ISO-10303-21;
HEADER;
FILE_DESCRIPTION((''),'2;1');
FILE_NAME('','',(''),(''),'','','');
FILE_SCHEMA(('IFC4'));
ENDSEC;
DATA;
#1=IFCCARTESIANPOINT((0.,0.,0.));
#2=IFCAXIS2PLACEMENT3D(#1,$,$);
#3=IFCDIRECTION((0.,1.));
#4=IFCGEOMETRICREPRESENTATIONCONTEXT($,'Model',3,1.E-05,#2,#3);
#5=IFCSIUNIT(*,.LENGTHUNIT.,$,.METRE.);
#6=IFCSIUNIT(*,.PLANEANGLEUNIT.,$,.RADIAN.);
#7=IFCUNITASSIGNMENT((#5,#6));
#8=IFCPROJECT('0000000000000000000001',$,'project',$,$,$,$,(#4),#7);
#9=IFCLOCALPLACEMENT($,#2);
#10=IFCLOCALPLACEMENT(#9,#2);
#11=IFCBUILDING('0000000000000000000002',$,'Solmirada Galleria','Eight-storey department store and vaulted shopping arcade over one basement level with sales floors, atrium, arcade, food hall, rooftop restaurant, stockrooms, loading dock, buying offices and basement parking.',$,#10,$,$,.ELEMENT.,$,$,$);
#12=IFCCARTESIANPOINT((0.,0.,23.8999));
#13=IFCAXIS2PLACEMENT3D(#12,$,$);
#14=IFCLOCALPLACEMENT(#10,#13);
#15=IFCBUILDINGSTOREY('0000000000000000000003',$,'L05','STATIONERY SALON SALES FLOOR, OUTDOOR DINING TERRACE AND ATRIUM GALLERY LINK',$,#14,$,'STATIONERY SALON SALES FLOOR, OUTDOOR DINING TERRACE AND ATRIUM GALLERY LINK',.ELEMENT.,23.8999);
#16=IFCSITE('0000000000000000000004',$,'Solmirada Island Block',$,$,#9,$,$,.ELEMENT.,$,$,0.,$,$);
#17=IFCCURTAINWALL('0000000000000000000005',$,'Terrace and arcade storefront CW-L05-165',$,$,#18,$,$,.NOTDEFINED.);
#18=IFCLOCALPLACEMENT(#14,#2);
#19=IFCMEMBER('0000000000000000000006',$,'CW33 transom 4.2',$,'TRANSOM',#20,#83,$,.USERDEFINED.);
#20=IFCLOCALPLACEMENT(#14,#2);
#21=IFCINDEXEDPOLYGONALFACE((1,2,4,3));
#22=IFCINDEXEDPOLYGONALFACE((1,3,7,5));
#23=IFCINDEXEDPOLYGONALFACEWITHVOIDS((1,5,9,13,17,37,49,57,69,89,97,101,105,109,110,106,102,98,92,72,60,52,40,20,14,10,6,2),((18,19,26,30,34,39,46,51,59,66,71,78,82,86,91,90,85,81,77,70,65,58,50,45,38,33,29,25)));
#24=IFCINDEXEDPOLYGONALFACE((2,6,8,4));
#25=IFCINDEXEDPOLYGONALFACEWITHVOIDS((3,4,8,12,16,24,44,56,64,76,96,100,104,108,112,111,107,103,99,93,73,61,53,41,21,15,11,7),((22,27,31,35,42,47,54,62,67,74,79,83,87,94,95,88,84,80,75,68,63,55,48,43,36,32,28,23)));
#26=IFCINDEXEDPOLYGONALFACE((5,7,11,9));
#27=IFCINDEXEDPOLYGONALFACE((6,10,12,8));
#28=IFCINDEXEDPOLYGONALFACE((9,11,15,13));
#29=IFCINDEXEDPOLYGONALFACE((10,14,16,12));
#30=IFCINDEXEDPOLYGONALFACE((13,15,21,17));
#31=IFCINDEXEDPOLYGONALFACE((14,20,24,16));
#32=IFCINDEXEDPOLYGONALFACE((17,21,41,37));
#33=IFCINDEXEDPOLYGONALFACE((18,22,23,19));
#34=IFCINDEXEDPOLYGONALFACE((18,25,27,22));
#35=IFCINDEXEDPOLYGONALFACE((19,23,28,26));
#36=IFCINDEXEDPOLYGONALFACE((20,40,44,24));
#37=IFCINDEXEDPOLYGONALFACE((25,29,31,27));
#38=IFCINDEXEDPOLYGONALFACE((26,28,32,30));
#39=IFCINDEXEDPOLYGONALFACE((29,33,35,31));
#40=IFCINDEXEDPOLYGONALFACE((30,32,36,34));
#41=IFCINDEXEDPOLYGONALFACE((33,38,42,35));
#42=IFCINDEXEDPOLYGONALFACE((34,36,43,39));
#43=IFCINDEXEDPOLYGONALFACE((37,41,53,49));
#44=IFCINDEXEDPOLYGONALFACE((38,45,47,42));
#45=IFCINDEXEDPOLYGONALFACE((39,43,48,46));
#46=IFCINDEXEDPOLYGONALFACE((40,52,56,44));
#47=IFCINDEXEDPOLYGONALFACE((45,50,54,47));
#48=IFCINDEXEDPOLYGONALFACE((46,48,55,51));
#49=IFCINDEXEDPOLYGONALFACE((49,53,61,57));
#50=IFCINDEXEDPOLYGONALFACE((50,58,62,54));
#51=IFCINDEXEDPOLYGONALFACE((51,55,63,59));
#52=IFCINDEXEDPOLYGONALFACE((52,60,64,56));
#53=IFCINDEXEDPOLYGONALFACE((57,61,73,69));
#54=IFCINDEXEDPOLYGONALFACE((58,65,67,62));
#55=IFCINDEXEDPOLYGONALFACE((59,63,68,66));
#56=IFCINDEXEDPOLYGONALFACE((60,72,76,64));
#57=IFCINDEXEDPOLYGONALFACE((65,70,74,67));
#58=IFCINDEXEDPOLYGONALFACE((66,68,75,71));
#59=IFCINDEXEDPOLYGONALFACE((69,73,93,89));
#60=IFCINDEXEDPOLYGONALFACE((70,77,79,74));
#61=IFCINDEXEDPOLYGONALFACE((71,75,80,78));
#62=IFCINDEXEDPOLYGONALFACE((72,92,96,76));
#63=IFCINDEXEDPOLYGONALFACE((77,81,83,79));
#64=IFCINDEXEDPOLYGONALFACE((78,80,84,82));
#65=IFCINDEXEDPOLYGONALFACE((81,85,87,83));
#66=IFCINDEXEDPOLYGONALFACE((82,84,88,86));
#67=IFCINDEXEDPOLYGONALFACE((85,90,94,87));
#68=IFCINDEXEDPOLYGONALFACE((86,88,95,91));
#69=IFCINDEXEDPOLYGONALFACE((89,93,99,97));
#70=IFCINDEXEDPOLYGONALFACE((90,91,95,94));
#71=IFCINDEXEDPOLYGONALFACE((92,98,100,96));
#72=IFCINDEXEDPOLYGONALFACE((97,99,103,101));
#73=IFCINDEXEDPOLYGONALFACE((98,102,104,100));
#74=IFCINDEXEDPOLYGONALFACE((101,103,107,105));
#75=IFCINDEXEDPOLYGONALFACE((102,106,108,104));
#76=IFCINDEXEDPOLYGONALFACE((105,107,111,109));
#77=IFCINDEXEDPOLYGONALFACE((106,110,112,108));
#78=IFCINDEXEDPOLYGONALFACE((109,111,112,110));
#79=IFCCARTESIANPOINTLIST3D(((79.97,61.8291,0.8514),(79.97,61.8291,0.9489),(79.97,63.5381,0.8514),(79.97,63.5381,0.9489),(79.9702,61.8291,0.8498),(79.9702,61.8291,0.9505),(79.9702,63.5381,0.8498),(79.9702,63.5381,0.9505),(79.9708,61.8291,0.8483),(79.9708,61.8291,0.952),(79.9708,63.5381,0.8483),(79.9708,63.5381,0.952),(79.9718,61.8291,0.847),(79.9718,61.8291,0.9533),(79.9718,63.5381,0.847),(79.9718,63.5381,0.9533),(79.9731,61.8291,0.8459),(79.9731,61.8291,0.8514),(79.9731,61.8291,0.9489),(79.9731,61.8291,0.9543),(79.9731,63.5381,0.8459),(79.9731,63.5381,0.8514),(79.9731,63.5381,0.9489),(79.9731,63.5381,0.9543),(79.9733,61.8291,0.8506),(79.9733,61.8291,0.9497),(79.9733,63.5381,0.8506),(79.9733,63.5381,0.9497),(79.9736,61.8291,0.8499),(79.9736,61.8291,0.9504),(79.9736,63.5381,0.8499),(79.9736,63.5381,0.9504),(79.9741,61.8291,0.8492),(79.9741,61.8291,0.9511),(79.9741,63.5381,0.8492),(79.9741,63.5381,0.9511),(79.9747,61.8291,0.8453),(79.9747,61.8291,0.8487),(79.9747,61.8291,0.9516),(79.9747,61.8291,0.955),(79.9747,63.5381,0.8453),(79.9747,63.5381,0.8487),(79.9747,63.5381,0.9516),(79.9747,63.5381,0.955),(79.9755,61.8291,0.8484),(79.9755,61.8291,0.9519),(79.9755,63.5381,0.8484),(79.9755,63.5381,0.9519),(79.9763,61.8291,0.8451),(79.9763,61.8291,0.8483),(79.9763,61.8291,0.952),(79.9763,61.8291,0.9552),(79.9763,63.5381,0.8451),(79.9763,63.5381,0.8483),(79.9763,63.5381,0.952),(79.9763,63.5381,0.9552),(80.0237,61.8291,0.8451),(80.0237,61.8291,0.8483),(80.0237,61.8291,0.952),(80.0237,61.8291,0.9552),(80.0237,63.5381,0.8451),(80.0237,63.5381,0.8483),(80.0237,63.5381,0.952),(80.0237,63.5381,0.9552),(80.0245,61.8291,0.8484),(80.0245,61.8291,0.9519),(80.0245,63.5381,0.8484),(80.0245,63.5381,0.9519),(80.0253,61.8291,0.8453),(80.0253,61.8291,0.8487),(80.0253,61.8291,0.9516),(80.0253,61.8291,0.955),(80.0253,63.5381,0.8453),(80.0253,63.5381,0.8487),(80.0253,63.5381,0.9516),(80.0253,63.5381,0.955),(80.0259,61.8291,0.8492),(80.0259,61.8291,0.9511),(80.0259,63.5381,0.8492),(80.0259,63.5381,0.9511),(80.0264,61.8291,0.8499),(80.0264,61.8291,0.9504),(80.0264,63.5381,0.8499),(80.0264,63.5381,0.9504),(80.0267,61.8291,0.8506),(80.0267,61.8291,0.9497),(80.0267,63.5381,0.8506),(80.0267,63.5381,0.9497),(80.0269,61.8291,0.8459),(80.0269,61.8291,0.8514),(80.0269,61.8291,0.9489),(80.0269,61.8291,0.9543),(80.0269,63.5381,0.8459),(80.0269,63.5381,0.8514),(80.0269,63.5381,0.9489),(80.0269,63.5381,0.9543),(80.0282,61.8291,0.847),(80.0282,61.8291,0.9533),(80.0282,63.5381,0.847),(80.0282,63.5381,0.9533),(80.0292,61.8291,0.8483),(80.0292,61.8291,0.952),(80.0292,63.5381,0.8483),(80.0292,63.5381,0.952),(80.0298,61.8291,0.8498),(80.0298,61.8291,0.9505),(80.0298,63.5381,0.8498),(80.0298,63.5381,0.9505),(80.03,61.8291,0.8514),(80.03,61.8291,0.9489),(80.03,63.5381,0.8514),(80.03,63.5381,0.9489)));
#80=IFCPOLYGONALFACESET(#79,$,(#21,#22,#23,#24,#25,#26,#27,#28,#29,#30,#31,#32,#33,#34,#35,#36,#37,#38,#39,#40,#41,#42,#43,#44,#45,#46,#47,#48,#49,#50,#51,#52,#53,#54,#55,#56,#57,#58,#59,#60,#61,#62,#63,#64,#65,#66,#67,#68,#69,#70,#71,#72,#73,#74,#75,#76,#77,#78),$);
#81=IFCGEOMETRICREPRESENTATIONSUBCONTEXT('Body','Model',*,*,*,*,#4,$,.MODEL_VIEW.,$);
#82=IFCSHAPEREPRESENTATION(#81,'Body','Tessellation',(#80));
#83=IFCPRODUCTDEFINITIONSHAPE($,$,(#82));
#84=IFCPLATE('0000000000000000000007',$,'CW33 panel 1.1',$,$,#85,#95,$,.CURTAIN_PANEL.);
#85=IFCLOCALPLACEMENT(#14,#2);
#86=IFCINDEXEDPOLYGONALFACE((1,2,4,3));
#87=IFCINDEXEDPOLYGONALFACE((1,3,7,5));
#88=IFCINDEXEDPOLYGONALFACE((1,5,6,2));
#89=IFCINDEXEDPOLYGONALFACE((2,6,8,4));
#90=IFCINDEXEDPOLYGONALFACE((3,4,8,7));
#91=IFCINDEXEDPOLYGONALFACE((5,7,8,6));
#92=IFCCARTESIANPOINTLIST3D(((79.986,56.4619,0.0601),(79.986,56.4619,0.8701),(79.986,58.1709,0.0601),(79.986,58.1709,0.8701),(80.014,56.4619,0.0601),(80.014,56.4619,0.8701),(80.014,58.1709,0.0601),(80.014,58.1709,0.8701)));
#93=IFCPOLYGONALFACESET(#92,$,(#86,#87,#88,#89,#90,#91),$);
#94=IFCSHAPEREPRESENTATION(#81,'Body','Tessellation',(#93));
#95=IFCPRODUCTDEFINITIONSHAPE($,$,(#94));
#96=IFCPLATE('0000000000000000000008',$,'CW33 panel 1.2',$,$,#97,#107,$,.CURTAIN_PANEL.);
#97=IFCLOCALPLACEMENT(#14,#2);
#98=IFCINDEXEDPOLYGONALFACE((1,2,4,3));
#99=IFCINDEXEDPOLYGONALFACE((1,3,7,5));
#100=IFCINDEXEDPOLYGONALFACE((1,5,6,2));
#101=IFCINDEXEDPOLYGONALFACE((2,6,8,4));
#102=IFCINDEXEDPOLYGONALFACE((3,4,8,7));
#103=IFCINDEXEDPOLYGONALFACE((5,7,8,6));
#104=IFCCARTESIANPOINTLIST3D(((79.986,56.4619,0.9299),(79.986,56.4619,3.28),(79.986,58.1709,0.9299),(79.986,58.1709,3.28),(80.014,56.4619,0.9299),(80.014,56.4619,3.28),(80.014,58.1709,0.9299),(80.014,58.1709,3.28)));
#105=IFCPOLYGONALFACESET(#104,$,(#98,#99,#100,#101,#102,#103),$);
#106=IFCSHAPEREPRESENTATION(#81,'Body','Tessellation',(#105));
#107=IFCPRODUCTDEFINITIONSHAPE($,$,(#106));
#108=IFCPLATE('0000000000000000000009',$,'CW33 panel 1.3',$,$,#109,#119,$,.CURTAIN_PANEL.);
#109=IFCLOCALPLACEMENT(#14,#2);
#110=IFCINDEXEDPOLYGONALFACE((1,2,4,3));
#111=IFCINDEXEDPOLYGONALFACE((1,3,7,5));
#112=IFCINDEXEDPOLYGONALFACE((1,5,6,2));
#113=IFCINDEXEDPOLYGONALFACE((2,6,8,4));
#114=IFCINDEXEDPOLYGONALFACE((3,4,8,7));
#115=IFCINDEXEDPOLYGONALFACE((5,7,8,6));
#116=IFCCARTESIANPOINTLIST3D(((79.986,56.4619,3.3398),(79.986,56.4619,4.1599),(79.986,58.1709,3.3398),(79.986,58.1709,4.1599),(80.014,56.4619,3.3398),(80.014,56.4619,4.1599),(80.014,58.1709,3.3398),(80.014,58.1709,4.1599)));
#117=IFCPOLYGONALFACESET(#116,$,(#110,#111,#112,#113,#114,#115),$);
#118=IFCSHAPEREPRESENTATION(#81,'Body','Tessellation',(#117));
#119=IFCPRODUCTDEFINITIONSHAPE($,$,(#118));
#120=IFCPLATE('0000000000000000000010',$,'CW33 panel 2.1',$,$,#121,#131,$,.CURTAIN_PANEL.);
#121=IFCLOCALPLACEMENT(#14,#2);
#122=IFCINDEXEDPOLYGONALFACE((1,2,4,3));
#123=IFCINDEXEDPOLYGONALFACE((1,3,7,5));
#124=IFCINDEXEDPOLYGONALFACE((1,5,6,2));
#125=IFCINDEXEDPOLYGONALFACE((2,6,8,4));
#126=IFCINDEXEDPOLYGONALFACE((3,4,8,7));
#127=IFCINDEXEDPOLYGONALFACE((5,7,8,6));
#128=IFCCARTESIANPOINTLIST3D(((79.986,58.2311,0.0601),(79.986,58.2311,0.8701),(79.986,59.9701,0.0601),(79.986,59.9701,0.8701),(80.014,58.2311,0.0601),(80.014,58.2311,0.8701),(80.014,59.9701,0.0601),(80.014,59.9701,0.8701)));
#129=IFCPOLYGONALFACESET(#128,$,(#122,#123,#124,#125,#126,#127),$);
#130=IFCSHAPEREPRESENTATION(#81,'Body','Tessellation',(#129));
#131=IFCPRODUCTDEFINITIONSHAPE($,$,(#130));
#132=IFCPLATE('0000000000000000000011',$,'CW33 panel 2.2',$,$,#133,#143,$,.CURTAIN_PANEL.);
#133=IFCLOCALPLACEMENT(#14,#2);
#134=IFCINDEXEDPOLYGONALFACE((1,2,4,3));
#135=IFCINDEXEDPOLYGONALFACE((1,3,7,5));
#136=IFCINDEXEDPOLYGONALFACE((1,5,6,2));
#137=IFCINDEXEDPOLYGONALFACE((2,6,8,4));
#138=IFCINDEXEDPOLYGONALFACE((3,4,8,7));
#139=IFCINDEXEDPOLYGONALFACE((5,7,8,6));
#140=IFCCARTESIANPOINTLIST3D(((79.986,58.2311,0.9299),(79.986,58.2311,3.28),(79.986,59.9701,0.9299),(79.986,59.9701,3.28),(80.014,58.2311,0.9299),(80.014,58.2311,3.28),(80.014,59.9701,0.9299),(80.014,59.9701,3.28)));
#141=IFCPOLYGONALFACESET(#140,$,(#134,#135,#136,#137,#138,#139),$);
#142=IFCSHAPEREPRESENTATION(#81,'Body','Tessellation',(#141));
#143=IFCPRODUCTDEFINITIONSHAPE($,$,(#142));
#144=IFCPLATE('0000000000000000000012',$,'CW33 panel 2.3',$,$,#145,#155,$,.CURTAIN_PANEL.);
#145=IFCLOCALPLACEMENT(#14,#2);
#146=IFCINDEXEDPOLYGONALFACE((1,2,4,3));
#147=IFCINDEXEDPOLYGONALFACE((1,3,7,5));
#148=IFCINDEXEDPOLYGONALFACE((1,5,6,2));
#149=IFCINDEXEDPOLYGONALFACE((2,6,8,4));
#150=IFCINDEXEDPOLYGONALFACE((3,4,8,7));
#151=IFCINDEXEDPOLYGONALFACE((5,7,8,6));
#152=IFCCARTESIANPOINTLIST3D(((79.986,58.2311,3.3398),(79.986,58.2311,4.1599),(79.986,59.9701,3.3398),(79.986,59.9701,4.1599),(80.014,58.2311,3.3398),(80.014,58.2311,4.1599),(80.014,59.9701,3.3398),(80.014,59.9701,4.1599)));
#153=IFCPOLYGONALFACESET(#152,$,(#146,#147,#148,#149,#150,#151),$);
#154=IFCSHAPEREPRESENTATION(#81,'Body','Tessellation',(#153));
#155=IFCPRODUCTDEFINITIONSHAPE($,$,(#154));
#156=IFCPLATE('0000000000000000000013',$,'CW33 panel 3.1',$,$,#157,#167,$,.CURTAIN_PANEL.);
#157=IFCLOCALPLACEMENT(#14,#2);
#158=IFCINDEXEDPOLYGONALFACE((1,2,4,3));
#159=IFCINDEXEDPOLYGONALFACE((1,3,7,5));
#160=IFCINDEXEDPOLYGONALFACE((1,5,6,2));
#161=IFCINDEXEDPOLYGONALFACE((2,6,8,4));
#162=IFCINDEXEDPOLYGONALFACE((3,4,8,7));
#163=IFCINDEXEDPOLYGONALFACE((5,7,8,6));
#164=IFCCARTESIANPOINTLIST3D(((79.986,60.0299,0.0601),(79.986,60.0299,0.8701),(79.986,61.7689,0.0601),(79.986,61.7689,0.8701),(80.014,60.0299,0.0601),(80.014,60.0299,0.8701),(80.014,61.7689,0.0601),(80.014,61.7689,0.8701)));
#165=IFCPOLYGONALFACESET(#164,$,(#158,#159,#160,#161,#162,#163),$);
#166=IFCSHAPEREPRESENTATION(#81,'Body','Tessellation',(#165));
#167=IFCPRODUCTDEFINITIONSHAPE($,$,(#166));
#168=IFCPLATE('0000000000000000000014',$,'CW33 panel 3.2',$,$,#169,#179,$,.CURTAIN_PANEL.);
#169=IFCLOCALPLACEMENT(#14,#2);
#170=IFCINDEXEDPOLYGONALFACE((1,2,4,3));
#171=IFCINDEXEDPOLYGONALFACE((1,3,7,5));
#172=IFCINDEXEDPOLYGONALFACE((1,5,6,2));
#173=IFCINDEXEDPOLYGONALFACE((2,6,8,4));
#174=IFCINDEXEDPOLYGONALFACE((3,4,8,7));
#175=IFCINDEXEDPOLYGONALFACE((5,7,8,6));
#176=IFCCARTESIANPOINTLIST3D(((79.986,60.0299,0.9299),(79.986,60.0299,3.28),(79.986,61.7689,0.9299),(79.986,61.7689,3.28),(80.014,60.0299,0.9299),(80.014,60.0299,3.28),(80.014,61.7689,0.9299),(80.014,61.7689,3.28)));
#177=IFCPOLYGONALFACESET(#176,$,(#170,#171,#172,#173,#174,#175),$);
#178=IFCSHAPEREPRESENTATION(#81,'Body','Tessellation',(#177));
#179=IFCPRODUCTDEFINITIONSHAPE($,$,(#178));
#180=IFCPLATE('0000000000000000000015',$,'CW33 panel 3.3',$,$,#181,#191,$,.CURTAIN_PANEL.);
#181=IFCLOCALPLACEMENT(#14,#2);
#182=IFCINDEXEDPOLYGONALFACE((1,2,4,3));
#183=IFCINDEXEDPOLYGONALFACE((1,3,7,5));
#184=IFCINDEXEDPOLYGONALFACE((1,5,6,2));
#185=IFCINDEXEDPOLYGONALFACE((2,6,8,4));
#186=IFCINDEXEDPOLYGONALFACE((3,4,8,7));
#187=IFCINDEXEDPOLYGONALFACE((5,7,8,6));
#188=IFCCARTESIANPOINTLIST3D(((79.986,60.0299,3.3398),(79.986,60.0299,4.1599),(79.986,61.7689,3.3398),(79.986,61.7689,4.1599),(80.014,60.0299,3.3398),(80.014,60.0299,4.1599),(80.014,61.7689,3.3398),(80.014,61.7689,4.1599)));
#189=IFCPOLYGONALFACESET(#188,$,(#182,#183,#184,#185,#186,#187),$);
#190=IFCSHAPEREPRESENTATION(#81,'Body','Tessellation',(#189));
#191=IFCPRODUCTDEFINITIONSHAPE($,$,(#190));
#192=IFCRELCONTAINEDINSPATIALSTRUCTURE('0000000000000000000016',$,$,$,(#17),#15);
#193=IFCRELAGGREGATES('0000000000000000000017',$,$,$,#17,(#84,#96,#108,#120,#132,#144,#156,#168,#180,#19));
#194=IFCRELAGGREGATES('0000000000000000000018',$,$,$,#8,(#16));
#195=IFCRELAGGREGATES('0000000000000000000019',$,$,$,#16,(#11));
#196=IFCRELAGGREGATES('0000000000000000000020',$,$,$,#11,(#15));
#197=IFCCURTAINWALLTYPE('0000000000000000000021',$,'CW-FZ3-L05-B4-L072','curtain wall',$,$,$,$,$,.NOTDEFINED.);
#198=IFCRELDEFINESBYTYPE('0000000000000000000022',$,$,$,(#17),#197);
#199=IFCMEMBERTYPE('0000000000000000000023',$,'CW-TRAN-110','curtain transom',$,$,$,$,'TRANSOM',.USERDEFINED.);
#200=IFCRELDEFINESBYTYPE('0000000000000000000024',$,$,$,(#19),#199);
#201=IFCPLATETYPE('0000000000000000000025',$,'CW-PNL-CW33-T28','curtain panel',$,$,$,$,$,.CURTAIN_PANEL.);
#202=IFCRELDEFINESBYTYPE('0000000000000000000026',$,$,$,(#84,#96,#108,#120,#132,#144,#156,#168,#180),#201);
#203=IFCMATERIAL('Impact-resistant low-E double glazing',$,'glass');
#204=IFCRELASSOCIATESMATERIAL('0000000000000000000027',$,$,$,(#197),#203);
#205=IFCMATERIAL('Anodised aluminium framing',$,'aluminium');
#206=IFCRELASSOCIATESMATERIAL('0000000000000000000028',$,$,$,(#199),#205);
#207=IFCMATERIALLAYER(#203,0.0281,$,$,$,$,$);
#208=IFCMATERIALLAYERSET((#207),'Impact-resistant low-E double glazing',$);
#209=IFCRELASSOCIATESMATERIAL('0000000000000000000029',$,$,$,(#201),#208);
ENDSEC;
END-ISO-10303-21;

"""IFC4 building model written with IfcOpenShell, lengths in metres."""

from ifc_helpers import new_model, si_unit, direction, frame, origin, origin_2d, place, context, subcontext, project, spatial, rectangle, hollow_rectangle, extrude, material, layer, layer_set, material_profile, profile_set, type_object, element, aggregate, save


model = new_model("IFC4")

# Units and contexts
model_context = context("Model", 3, precision=1e-05, world=origin(), true_north=direction((0.0, 1.0)))
body_context = subcontext(model_context, "Body", "Model", "MODEL_VIEW")
ifc_project = project(units=[si_unit("LENGTHUNIT", "METRE"), si_unit("PLANEANGLEUNIT", "RADIAN")], contexts=[model_context])

# Site, building, storey
site_placement = place(None, origin())
site = spatial("IfcSite", under=ifc_project, at=site_placement, Name="Solmirada Island Block", CompositionType="ELEMENT", RefElevation=0.0)
building_placement = place(site_placement, origin())
building = spatial("IfcBuilding", under=site, at=building_placement, Name="Solmirada Galleria", Description="Eight-storey department store and vaulted shopping arcade over one basement level with sales floors, atrium, arcade, food hall, rooftop restaurant, stockrooms, loading dock, buying offices and basement parking.", CompositionType="ELEMENT")
storey_placement = place(building_placement, frame((0.0, 0.0, 23.8999)))
storey = spatial("IfcBuildingStorey", under=building, at=storey_placement, Name="L05", Description="STATIONERY SALON SALES FLOOR, OUTDOOR DINING TERRACE AND ATRIUM GALLERY LINK", LongName="STATIONERY SALON SALES FLOOR, OUTDOOR DINING TERRACE AND ATRIUM GALLERY LINK", CompositionType="ELEMENT", Elevation=23.8999)

# Curtain wall, member, plates
ifc_material_1 = material(Name="Impact-resistant low-E double glazing", Category="glass")
curtain_wall_type = type_object("IfcCurtainWallType", Name="CW-FZ3-L05-B4-L072", Description="curtain wall", PredefinedType="NOTDEFINED", material=ifc_material_1)
curtain_wall_placement = place(storey_placement, origin())
curtain_wall = element("IfcCurtainWall", 1, at=curtain_wall_placement, inside=storey, type_object=curtain_wall_type, Name="Terrace and arcade storefront CW-L05-165", PredefinedType="NOTDEFINED")
ifc_material_2 = material(Name="Anodised aluminium framing", Category="aluminium")
ifc_material_profile_1 = material_profile(ifc_material_2, hollow_rectangle(XDim=0.0601, YDim=0.1101, WallThickness=0.0032, InnerFilletRadius=0.0032, OuterFilletRadius=0.0063, at=origin_2d()), Name="ALU-TRAN-110X60")
ifc_profile_set_1 = profile_set([ifc_material_profile_1], Name="Anodised aluminium framing")
member_type_1 = type_object("IfcMemberType", Name="CW-TRAN-110", Description="curtain transom", ElementType="TRANSOM", PredefinedType="USERDEFINED", material=ifc_profile_set_1)
member_1_placement = place(storey_placement, frame((80.0, 61.8291, 0.9001), z_axis=(0.0, 1.0, 0.0), x_axis=(-1.0, 0.0, 0.0)))
member_1 = element("IfcMember", 2, at=member_1_placement, type_object=member_type_1, Name="CW33 transom 4.2", ObjectType="TRANSOM", PredefinedType="USERDEFINED", context=body_context, shape_type="SweptSolid", body=[
    extrude(hollow_rectangle(XDim=0.0601, YDim=0.1101, WallThickness=0.0032, InnerFilletRadius=0.0032, OuterFilletRadius=0.0063, at=origin_2d()), origin(), (0.0, 0.0, 1.0), 1.709),
])
ifc_layer = layer(ifc_material_1, 0.0281)
ifc_layer_set = layer_set([ifc_layer], Name="Impact-resistant low-E double glazing")
plate_type = type_object("IfcPlateType", Name="CW-PNL-CW33-T28", Description="curtain panel", PredefinedType="CURTAIN_PANEL", material=ifc_layer_set)
plate_1_placement = place(storey_placement, frame((80.0, 57.3164, 0.0601), z_axis=(0.0, 0.0, 1.0), x_axis=(0.0, 1.0, 0.0)))
plate_1 = element("IfcPlate", 3, at=plate_1_placement, type_object=plate_type, Name="CW33 panel 1.1", PredefinedType="CURTAIN_PANEL", context=body_context, shape_type="SweptSolid", body=[
    extrude(rectangle(XDim=1.709, YDim=0.0281, at=origin_2d()), origin(), (0.0, 0.0, 1.0), 0.8101),
])
plate_2_placement = place(storey_placement, frame((80.0, 57.3164, 0.9299), z_axis=(0.0, 0.0, 1.0), x_axis=(0.0, 1.0, 0.0)))
plate_2 = element("IfcPlate", 4, at=plate_2_placement, type_object=plate_type, Name="CW33 panel 1.2", PredefinedType="CURTAIN_PANEL", context=body_context, shape_type="SweptSolid", body=[
    extrude(rectangle(XDim=1.709, YDim=0.0281, at=origin_2d()), origin(), (0.0, 0.0, 1.0), 2.3501),
])
plate_3_placement = place(storey_placement, frame((80.0, 57.3164, 3.3398), z_axis=(0.0, 0.0, 1.0), x_axis=(0.0, 1.0, 0.0)))
plate_3 = element("IfcPlate", 5, at=plate_3_placement, type_object=plate_type, Name="CW33 panel 1.3", PredefinedType="CURTAIN_PANEL", context=body_context, shape_type="SweptSolid", body=[
    extrude(rectangle(XDim=1.709, YDim=0.0281, at=origin_2d()), origin(), (0.0, 0.0, 1.0), 0.8201),
])
plate_4_placement = place(storey_placement, frame((80.0, 59.1006, 0.0601), z_axis=(0.0, 0.0, 1.0), x_axis=(0.0, 1.0, 0.0)))
plate_4 = element("IfcPlate", 6, at=plate_4_placement, type_object=plate_type, Name="CW33 panel 2.1", PredefinedType="CURTAIN_PANEL", context=body_context, shape_type="SweptSolid", body=[
    extrude(rectangle(XDim=1.739, YDim=0.0281, at=origin_2d()), origin(), (0.0, 0.0, 1.0), 0.8101),
])
plate_5_placement = place(storey_placement, frame((80.0, 59.1006, 0.9299), z_axis=(0.0, 0.0, 1.0), x_axis=(0.0, 1.0, 0.0)))
plate_5 = element("IfcPlate", 7, at=plate_5_placement, type_object=plate_type, Name="CW33 panel 2.2", PredefinedType="CURTAIN_PANEL", context=body_context, shape_type="SweptSolid", body=[
    extrude(rectangle(XDim=1.739, YDim=0.0281, at=origin_2d()), origin(), (0.0, 0.0, 1.0), 2.3501),
])
plate_6_placement = place(storey_placement, frame((80.0, 59.1006, 3.3398), z_axis=(0.0, 0.0, 1.0), x_axis=(0.0, 1.0, 0.0)))
plate_6 = element("IfcPlate", 8, at=plate_6_placement, type_object=plate_type, Name="CW33 panel 2.3", PredefinedType="CURTAIN_PANEL", context=body_context, shape_type="SweptSolid", body=[
    extrude(rectangle(XDim=1.739, YDim=0.0281, at=origin_2d()), origin(), (0.0, 0.0, 1.0), 0.8201),
])
plate_7_placement = place(storey_placement, frame((80.0, 60.8994, 0.0601), z_axis=(0.0, 0.0, 1.0), x_axis=(0.0, 1.0, 0.0)))
plate_7 = element("IfcPlate", 9, at=plate_7_placement, type_object=plate_type, Name="CW33 panel 3.1", PredefinedType="CURTAIN_PANEL", context=body_context, shape_type="SweptSolid", body=[
    extrude(rectangle(XDim=1.739, YDim=0.0281, at=origin_2d()), origin(), (0.0, 0.0, 1.0), 0.8101),
])
plate_8_placement = place(storey_placement, frame((80.0, 60.8994, 0.9299), z_axis=(0.0, 0.0, 1.0), x_axis=(0.0, 1.0, 0.0)))
plate_8 = element("IfcPlate", 10, at=plate_8_placement, type_object=plate_type, Name="CW33 panel 3.2", PredefinedType="CURTAIN_PANEL", context=body_context, shape_type="SweptSolid", body=[
    extrude(rectangle(XDim=1.739, YDim=0.0281, at=origin_2d()), origin(), (0.0, 0.0, 1.0), 2.3501),
])
plate_9_placement = place(storey_placement, frame((80.0, 60.8994, 3.3398), z_axis=(0.0, 0.0, 1.0), x_axis=(0.0, 1.0, 0.0)))
plate_9 = element("IfcPlate", 11, at=plate_9_placement, type_object=plate_type, Name="CW33 panel 3.3", PredefinedType="CURTAIN_PANEL", context=body_context, shape_type="SweptSolid", body=[
    extrude(rectangle(XDim=1.739, YDim=0.0281, at=origin_2d()), origin(), (0.0, 0.0, 1.0), 0.8201),
])
aggregate(curtain_wall, [plate_1, plate_2, plate_3, plate_4, plate_5, plate_6, plate_7, plate_8, plate_9, member_1])

save(model, "model.ifc")
